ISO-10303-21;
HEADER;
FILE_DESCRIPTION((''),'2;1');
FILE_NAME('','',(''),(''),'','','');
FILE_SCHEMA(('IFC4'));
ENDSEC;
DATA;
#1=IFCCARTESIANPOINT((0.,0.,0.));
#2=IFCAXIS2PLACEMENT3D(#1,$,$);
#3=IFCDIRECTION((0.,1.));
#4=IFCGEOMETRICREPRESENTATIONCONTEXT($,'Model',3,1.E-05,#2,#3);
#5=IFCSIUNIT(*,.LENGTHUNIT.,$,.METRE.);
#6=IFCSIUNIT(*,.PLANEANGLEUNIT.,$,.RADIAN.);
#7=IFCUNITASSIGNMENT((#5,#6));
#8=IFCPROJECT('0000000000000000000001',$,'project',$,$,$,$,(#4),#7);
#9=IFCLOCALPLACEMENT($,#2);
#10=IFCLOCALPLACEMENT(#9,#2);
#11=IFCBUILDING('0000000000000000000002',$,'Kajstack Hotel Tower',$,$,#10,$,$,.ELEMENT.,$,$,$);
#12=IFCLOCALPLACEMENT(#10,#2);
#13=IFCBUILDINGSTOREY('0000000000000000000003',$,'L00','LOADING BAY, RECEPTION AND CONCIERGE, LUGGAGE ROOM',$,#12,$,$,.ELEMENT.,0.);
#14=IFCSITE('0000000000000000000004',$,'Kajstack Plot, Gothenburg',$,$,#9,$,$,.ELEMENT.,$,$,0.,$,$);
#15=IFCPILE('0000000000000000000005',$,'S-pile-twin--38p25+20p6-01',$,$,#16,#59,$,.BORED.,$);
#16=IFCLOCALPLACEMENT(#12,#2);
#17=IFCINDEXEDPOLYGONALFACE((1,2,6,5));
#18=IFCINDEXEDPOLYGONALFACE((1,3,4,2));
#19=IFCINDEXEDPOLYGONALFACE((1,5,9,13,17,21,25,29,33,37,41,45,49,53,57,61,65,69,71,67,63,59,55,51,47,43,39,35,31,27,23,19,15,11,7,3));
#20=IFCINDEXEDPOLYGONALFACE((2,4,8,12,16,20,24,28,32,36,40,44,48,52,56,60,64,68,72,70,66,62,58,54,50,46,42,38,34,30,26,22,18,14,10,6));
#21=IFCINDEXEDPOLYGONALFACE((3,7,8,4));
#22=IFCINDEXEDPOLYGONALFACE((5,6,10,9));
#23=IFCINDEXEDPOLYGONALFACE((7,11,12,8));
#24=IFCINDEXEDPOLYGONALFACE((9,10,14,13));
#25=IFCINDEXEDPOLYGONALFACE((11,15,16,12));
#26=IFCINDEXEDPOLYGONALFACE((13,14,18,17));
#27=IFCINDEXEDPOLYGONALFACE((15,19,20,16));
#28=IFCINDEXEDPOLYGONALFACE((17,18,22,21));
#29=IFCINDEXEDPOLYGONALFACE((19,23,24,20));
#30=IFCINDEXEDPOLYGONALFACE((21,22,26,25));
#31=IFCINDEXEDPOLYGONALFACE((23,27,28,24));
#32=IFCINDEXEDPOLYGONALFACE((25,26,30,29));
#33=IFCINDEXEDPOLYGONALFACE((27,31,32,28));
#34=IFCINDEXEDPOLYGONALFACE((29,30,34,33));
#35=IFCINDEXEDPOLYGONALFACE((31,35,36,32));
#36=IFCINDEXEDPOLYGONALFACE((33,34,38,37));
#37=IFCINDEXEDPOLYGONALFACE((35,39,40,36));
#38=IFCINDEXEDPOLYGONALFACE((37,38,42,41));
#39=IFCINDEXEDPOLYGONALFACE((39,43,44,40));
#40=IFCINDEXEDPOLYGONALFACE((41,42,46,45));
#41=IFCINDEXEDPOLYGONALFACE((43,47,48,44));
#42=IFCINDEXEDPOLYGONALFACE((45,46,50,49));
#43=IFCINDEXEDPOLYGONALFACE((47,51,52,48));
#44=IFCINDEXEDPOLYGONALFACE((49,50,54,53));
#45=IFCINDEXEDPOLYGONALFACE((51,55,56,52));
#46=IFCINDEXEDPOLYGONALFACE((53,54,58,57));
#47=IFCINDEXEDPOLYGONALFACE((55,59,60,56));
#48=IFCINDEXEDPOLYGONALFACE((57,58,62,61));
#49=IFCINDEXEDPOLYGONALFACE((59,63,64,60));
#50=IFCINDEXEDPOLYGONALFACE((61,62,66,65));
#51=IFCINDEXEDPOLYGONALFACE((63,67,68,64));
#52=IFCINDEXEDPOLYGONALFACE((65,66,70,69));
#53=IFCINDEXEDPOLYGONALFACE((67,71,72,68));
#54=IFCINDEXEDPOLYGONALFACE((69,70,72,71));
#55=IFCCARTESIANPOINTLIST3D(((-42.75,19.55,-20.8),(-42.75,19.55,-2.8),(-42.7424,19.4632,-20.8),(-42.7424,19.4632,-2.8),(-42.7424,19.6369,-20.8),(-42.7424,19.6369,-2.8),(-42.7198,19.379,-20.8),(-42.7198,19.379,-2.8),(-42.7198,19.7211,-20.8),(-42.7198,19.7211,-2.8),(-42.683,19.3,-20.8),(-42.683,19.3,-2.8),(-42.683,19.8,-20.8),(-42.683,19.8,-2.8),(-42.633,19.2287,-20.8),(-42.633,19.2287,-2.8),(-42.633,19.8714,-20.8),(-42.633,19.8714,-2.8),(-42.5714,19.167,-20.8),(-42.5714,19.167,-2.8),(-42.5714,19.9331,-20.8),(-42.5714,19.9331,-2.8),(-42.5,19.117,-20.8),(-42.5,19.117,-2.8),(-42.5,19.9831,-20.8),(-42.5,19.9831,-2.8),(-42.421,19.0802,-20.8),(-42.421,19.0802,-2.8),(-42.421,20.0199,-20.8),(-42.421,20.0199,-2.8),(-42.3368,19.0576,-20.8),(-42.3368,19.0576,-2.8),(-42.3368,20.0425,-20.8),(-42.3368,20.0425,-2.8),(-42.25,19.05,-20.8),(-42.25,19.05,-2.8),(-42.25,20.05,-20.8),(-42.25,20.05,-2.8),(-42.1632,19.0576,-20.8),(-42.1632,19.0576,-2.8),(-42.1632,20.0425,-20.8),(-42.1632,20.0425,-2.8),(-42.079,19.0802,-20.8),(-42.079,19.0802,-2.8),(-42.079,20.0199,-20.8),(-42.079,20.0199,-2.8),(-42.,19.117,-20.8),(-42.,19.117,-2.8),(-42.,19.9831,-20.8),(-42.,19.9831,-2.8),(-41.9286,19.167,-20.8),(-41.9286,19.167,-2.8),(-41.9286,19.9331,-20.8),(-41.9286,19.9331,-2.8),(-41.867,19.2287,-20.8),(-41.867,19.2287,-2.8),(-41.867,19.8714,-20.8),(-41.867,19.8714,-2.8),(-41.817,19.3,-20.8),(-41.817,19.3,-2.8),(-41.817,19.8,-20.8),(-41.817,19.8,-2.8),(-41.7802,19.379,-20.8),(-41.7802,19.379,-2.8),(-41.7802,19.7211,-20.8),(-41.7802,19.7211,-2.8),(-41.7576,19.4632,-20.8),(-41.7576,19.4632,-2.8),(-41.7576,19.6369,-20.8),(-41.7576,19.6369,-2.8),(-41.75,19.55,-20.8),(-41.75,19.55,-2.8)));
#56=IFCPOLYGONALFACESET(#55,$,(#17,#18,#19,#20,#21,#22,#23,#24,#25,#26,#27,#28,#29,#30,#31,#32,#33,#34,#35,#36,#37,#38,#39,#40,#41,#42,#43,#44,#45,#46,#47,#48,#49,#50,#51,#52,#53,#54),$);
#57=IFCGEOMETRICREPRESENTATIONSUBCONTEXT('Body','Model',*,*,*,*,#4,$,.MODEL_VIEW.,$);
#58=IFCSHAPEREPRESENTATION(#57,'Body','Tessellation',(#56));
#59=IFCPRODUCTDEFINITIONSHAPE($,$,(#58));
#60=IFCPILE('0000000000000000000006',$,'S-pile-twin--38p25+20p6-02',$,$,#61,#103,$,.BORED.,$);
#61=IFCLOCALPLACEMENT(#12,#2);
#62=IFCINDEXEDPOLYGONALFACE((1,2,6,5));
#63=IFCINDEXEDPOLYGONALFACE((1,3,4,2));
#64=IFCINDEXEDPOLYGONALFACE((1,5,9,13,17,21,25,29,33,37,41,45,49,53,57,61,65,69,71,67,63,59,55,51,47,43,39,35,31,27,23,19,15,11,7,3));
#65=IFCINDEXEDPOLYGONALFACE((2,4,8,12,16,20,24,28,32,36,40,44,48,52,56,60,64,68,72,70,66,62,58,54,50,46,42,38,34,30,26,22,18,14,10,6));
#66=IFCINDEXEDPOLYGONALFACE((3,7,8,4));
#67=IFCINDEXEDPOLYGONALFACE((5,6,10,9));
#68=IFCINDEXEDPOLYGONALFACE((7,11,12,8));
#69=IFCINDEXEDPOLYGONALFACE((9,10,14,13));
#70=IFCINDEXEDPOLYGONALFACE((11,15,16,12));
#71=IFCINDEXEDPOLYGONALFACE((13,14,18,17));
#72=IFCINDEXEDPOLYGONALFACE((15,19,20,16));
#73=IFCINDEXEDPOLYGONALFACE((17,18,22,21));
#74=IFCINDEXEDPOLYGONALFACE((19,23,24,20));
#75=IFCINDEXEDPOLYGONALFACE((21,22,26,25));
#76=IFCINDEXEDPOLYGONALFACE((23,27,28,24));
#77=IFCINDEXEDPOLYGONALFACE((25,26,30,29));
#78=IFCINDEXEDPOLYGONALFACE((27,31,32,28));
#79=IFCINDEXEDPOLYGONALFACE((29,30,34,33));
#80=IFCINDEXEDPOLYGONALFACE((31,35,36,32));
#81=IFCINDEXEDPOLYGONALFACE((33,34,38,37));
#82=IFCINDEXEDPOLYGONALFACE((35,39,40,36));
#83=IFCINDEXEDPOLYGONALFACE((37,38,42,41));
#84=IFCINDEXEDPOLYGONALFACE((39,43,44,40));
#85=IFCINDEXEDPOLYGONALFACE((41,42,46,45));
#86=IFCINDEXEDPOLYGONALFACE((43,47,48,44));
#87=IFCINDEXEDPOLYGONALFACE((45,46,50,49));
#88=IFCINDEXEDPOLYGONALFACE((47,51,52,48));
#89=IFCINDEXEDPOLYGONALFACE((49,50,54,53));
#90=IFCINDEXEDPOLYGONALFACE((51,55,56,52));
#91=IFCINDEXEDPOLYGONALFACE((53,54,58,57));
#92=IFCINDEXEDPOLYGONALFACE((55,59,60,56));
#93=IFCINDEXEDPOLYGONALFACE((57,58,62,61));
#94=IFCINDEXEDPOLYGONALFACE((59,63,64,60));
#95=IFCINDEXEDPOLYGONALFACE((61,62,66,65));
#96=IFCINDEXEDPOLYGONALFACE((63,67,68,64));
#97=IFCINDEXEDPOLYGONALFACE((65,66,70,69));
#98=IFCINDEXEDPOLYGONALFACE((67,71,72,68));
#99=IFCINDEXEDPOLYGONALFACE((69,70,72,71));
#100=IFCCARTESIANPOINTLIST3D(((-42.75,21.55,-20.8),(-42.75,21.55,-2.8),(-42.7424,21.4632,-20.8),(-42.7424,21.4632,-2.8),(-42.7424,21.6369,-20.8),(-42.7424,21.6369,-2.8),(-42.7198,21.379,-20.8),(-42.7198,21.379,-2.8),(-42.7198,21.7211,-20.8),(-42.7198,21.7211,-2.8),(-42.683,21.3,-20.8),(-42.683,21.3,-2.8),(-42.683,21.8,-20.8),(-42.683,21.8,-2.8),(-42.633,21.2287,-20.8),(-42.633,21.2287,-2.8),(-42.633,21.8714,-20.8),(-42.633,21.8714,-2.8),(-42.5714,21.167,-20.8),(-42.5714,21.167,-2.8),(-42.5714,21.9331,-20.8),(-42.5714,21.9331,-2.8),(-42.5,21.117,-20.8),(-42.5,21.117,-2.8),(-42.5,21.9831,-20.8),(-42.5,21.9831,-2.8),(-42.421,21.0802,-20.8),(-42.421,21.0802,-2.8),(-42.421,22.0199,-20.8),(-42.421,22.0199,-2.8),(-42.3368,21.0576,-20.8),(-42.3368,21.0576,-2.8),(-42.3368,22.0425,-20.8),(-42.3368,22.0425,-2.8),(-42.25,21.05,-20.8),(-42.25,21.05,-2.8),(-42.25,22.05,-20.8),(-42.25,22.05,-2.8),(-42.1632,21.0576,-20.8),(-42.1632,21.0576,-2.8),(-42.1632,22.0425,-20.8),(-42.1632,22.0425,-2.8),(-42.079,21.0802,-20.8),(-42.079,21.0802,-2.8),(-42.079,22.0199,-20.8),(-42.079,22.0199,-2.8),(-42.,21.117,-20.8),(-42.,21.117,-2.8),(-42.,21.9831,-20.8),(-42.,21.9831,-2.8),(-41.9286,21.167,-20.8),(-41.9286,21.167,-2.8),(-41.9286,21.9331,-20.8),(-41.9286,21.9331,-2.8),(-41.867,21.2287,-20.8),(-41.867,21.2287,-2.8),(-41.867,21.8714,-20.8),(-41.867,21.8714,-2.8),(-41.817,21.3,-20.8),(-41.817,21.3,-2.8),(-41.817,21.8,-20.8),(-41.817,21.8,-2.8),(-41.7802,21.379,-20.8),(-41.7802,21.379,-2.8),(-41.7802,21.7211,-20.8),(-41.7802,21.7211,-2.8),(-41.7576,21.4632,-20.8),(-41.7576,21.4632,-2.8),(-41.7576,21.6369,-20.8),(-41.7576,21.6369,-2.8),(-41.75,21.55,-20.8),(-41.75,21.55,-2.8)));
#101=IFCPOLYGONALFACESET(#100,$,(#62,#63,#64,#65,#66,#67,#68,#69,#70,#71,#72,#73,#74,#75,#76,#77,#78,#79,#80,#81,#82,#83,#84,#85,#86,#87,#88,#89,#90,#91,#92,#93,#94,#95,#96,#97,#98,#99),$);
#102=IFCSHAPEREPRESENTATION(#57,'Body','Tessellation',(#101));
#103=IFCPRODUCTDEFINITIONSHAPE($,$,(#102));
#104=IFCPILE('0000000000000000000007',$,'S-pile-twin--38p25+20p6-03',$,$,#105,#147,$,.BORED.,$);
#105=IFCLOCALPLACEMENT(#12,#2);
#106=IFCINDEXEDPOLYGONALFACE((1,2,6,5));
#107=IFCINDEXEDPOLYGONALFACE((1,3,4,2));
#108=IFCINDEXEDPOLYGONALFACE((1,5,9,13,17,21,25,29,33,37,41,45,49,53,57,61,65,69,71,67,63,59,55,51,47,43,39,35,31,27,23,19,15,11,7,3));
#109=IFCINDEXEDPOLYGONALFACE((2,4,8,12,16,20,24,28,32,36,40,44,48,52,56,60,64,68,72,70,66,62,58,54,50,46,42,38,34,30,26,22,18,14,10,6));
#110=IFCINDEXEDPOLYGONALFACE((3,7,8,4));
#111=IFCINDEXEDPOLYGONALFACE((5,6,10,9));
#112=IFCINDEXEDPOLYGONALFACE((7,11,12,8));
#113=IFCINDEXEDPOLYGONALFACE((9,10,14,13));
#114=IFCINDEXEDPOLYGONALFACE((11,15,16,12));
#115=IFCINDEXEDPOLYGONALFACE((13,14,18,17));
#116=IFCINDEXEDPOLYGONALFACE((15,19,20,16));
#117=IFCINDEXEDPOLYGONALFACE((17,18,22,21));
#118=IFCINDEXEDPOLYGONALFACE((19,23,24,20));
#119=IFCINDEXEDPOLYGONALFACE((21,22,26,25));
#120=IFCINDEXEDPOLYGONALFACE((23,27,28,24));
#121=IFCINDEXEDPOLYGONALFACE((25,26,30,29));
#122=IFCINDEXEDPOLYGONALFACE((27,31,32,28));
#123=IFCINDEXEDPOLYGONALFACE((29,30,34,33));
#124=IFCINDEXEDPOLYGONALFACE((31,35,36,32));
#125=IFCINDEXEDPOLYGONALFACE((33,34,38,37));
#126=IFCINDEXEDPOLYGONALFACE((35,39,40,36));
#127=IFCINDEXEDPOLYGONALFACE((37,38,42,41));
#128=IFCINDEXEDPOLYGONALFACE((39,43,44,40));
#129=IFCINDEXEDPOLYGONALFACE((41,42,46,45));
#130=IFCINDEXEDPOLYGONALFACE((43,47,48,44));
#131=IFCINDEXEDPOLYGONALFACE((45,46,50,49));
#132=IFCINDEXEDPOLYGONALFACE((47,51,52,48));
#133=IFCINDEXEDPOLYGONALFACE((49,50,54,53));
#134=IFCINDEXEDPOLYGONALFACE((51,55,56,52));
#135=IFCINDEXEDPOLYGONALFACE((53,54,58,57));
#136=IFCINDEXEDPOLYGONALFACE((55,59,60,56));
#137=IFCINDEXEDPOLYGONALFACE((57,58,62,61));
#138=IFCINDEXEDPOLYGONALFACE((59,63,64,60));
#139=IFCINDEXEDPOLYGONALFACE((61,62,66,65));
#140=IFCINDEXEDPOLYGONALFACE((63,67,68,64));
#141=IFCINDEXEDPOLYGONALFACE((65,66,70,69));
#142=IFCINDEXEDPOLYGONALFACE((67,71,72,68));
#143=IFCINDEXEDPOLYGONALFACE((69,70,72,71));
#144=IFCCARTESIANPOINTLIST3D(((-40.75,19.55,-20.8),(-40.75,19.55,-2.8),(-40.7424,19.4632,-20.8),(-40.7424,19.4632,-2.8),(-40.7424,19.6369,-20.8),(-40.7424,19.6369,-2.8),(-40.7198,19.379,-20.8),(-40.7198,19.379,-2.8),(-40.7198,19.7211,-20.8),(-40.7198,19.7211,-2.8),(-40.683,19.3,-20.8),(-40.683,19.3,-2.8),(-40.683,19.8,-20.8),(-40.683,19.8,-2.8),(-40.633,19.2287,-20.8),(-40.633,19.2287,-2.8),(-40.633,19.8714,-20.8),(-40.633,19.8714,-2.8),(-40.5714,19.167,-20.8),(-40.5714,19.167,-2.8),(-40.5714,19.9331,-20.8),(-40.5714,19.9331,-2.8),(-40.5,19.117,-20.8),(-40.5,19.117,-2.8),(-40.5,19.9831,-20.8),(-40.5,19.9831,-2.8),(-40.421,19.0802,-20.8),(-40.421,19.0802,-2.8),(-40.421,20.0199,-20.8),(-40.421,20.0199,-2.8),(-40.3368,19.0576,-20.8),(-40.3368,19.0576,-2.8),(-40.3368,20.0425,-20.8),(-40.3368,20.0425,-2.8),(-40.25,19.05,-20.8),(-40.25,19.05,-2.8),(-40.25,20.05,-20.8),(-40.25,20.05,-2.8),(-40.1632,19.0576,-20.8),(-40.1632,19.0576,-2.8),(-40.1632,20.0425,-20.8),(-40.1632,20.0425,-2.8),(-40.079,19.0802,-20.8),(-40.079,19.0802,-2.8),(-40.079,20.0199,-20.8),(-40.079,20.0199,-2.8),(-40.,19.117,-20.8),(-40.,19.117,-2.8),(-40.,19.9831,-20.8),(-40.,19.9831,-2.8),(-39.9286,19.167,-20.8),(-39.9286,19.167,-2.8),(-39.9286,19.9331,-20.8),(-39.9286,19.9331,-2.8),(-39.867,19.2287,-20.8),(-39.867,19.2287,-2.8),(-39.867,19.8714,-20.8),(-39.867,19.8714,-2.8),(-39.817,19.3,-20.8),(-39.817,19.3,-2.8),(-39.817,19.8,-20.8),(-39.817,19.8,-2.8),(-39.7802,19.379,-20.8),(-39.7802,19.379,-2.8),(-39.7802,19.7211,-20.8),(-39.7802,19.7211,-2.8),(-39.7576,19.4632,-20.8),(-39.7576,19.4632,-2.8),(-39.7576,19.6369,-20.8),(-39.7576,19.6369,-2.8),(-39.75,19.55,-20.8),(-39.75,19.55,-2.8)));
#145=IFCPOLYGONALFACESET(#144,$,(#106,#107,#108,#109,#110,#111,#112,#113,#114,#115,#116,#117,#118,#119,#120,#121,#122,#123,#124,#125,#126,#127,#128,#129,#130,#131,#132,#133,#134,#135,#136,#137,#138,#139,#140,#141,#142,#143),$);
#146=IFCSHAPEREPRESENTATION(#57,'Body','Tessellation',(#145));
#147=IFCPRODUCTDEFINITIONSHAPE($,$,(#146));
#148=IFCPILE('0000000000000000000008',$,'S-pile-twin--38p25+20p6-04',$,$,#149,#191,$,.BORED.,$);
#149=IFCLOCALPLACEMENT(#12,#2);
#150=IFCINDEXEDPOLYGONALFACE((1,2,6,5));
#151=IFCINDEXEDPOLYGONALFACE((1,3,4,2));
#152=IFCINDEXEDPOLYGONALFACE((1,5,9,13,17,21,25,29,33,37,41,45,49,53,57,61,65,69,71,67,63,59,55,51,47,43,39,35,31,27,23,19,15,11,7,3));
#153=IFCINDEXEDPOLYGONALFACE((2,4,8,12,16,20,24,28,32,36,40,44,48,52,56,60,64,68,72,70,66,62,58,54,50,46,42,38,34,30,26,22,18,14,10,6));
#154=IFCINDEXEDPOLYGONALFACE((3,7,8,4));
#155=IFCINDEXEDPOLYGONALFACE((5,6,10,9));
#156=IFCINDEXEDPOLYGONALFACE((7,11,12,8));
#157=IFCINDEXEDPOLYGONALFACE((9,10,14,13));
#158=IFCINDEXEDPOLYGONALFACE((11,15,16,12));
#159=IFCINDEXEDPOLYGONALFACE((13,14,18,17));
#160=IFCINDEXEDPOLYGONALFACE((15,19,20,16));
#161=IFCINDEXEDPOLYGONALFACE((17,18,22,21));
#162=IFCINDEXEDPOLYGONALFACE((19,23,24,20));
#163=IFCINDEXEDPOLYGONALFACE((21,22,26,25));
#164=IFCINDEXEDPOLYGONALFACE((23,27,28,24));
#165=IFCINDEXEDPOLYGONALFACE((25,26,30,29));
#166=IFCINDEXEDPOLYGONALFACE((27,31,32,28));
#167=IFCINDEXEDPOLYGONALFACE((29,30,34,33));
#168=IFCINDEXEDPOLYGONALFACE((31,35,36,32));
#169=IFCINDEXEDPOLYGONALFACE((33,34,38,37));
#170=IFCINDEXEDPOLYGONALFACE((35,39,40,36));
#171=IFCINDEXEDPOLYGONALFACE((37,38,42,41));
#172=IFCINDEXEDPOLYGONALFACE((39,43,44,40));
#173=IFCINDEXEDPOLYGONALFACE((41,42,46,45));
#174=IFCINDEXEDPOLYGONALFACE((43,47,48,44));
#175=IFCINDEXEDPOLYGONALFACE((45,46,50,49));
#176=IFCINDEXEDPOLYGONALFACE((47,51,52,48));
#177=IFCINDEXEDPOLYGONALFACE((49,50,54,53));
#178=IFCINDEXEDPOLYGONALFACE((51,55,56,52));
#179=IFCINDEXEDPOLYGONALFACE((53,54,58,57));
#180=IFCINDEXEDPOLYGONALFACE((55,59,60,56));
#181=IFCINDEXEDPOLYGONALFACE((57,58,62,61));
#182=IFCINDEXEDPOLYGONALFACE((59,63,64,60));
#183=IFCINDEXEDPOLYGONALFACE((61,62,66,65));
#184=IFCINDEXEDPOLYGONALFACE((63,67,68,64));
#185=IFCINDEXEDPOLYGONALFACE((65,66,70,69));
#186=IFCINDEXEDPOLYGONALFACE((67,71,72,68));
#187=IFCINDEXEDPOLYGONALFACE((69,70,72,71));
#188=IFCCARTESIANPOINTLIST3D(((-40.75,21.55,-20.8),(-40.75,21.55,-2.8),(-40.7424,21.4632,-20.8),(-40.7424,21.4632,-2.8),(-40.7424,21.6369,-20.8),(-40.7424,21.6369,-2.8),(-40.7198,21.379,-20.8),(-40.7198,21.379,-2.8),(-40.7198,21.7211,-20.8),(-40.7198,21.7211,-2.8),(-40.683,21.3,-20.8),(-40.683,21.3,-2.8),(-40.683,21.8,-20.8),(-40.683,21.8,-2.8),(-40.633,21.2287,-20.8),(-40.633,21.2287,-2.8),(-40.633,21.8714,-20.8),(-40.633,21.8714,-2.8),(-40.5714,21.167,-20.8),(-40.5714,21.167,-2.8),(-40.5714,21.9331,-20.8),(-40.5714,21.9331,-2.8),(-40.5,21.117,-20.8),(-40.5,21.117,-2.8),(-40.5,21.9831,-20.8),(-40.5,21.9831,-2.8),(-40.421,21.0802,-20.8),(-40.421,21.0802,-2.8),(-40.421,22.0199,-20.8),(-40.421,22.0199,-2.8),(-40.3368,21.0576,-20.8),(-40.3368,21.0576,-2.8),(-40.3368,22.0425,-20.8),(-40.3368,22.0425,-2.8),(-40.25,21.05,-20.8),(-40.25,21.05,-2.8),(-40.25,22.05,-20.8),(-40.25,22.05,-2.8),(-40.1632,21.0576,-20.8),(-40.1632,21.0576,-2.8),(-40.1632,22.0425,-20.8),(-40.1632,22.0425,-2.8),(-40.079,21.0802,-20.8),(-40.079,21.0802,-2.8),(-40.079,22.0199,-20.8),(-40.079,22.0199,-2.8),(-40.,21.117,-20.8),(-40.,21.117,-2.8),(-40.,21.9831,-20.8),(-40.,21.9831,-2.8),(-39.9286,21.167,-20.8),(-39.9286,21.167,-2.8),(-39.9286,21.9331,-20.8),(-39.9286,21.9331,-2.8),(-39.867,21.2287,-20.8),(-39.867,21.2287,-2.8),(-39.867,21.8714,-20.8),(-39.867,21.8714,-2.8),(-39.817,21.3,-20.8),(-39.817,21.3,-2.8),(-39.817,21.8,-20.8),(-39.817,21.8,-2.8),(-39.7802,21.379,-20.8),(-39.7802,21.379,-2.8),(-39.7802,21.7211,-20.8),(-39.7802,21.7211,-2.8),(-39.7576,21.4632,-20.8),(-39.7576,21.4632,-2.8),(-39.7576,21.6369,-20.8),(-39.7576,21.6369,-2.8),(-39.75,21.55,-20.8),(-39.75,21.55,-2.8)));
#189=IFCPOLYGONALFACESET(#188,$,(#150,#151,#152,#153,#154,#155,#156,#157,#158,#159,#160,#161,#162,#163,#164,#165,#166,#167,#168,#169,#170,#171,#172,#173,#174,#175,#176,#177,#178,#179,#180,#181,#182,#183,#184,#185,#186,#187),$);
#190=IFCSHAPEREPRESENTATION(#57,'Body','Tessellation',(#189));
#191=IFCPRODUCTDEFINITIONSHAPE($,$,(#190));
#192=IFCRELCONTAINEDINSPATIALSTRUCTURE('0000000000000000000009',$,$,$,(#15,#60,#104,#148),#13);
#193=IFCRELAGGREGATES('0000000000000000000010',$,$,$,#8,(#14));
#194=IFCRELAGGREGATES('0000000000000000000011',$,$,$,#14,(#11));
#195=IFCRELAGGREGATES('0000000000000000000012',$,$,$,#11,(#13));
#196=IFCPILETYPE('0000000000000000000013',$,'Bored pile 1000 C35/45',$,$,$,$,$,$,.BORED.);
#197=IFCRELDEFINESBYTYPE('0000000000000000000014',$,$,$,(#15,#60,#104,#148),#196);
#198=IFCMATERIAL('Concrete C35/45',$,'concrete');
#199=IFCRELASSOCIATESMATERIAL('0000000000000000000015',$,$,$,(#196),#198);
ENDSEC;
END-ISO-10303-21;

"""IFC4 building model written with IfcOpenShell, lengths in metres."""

from ifc_helpers import new_model, si_unit, direction, frame, origin, origin_2d, place, context, subcontext, project, spatial, circle, extrude, material, material_profile, profile_set, type_object, element, save


model = new_model("IFC4")

# Units and contexts
model_context = context("Model", 3, precision=1e-05, world=origin(), true_north=direction((0.0, 1.0)))
body_context = subcontext(model_context, "Body", "Model", "MODEL_VIEW")
ifc_project = project(units=[si_unit("LENGTHUNIT", "METRE"), si_unit("PLANEANGLEUNIT", "RADIAN")], contexts=[model_context])

# Site, building, storey
site_placement = place(None, origin())
site = spatial("IfcSite", under=ifc_project, at=site_placement, Name="Kajstack Plot, Gothenburg", CompositionType="ELEMENT", RefElevation=0.0)
building_placement = place(site_placement, origin())
building = spatial("IfcBuilding", under=site, at=building_placement, Name="Kajstack Hotel Tower", CompositionType="ELEMENT")
storey_placement = place(building_placement, origin())
storey = spatial("IfcBuildingStorey", under=building, at=storey_placement, Name="L00", Description="LOADING BAY, RECEPTION AND CONCIERGE, LUGGAGE ROOM", CompositionType="ELEMENT", Elevation=0.0)

# Piles
ifc_material_1 = material(Name="Concrete C35/45", Category="concrete")
ifc_material_profile_1 = material_profile(ifc_material_1, circle(Radius=0.5, at=origin_2d()), Name="RC round 1000")
ifc_profile_set_1 = profile_set([ifc_material_profile_1], Name="Concrete C35/45")
pile_type_1 = type_object("IfcPileType", Name="Bored pile 1000 C35/45", PredefinedType="BORED", material=ifc_profile_set_1)
for number, where, z_axis, x_axis, name in (
    (1, (-42.25, 19.55, -2.8), (0.0, 0.0, -1.0), (1.0, 0.0, 0.0), "S-pile-twin--38p25+20p6-01"),
    (2, (-42.25, 21.55, -2.8), (0.0, 0.0, -1.0), (1.0, 0.0, 0.0), "S-pile-twin--38p25+20p6-02"),
    (3, (-40.25, 19.55, -2.8), (0.0, 0.0, -1.0), (1.0, 0.0, 0.0), "S-pile-twin--38p25+20p6-03"),
    (4, (-40.25, 21.55, -2.8), (0.0, 0.0, -1.0), (1.0, 0.0, 0.0), "S-pile-twin--38p25+20p6-04"),
):
    element("IfcPile", number, at=place(storey_placement, frame(where, z_axis=z_axis, x_axis=x_axis)), inside=storey, type_object=pile_type_1, Name=name, PredefinedType="BORED", context=body_context, shape_type="SweptSolid", body=[
        extrude(circle(Radius=0.5, at=origin_2d()), origin(), (0.0, 0.0, 1.0), 18.0),
    ])

save(model, "model.ifc")
